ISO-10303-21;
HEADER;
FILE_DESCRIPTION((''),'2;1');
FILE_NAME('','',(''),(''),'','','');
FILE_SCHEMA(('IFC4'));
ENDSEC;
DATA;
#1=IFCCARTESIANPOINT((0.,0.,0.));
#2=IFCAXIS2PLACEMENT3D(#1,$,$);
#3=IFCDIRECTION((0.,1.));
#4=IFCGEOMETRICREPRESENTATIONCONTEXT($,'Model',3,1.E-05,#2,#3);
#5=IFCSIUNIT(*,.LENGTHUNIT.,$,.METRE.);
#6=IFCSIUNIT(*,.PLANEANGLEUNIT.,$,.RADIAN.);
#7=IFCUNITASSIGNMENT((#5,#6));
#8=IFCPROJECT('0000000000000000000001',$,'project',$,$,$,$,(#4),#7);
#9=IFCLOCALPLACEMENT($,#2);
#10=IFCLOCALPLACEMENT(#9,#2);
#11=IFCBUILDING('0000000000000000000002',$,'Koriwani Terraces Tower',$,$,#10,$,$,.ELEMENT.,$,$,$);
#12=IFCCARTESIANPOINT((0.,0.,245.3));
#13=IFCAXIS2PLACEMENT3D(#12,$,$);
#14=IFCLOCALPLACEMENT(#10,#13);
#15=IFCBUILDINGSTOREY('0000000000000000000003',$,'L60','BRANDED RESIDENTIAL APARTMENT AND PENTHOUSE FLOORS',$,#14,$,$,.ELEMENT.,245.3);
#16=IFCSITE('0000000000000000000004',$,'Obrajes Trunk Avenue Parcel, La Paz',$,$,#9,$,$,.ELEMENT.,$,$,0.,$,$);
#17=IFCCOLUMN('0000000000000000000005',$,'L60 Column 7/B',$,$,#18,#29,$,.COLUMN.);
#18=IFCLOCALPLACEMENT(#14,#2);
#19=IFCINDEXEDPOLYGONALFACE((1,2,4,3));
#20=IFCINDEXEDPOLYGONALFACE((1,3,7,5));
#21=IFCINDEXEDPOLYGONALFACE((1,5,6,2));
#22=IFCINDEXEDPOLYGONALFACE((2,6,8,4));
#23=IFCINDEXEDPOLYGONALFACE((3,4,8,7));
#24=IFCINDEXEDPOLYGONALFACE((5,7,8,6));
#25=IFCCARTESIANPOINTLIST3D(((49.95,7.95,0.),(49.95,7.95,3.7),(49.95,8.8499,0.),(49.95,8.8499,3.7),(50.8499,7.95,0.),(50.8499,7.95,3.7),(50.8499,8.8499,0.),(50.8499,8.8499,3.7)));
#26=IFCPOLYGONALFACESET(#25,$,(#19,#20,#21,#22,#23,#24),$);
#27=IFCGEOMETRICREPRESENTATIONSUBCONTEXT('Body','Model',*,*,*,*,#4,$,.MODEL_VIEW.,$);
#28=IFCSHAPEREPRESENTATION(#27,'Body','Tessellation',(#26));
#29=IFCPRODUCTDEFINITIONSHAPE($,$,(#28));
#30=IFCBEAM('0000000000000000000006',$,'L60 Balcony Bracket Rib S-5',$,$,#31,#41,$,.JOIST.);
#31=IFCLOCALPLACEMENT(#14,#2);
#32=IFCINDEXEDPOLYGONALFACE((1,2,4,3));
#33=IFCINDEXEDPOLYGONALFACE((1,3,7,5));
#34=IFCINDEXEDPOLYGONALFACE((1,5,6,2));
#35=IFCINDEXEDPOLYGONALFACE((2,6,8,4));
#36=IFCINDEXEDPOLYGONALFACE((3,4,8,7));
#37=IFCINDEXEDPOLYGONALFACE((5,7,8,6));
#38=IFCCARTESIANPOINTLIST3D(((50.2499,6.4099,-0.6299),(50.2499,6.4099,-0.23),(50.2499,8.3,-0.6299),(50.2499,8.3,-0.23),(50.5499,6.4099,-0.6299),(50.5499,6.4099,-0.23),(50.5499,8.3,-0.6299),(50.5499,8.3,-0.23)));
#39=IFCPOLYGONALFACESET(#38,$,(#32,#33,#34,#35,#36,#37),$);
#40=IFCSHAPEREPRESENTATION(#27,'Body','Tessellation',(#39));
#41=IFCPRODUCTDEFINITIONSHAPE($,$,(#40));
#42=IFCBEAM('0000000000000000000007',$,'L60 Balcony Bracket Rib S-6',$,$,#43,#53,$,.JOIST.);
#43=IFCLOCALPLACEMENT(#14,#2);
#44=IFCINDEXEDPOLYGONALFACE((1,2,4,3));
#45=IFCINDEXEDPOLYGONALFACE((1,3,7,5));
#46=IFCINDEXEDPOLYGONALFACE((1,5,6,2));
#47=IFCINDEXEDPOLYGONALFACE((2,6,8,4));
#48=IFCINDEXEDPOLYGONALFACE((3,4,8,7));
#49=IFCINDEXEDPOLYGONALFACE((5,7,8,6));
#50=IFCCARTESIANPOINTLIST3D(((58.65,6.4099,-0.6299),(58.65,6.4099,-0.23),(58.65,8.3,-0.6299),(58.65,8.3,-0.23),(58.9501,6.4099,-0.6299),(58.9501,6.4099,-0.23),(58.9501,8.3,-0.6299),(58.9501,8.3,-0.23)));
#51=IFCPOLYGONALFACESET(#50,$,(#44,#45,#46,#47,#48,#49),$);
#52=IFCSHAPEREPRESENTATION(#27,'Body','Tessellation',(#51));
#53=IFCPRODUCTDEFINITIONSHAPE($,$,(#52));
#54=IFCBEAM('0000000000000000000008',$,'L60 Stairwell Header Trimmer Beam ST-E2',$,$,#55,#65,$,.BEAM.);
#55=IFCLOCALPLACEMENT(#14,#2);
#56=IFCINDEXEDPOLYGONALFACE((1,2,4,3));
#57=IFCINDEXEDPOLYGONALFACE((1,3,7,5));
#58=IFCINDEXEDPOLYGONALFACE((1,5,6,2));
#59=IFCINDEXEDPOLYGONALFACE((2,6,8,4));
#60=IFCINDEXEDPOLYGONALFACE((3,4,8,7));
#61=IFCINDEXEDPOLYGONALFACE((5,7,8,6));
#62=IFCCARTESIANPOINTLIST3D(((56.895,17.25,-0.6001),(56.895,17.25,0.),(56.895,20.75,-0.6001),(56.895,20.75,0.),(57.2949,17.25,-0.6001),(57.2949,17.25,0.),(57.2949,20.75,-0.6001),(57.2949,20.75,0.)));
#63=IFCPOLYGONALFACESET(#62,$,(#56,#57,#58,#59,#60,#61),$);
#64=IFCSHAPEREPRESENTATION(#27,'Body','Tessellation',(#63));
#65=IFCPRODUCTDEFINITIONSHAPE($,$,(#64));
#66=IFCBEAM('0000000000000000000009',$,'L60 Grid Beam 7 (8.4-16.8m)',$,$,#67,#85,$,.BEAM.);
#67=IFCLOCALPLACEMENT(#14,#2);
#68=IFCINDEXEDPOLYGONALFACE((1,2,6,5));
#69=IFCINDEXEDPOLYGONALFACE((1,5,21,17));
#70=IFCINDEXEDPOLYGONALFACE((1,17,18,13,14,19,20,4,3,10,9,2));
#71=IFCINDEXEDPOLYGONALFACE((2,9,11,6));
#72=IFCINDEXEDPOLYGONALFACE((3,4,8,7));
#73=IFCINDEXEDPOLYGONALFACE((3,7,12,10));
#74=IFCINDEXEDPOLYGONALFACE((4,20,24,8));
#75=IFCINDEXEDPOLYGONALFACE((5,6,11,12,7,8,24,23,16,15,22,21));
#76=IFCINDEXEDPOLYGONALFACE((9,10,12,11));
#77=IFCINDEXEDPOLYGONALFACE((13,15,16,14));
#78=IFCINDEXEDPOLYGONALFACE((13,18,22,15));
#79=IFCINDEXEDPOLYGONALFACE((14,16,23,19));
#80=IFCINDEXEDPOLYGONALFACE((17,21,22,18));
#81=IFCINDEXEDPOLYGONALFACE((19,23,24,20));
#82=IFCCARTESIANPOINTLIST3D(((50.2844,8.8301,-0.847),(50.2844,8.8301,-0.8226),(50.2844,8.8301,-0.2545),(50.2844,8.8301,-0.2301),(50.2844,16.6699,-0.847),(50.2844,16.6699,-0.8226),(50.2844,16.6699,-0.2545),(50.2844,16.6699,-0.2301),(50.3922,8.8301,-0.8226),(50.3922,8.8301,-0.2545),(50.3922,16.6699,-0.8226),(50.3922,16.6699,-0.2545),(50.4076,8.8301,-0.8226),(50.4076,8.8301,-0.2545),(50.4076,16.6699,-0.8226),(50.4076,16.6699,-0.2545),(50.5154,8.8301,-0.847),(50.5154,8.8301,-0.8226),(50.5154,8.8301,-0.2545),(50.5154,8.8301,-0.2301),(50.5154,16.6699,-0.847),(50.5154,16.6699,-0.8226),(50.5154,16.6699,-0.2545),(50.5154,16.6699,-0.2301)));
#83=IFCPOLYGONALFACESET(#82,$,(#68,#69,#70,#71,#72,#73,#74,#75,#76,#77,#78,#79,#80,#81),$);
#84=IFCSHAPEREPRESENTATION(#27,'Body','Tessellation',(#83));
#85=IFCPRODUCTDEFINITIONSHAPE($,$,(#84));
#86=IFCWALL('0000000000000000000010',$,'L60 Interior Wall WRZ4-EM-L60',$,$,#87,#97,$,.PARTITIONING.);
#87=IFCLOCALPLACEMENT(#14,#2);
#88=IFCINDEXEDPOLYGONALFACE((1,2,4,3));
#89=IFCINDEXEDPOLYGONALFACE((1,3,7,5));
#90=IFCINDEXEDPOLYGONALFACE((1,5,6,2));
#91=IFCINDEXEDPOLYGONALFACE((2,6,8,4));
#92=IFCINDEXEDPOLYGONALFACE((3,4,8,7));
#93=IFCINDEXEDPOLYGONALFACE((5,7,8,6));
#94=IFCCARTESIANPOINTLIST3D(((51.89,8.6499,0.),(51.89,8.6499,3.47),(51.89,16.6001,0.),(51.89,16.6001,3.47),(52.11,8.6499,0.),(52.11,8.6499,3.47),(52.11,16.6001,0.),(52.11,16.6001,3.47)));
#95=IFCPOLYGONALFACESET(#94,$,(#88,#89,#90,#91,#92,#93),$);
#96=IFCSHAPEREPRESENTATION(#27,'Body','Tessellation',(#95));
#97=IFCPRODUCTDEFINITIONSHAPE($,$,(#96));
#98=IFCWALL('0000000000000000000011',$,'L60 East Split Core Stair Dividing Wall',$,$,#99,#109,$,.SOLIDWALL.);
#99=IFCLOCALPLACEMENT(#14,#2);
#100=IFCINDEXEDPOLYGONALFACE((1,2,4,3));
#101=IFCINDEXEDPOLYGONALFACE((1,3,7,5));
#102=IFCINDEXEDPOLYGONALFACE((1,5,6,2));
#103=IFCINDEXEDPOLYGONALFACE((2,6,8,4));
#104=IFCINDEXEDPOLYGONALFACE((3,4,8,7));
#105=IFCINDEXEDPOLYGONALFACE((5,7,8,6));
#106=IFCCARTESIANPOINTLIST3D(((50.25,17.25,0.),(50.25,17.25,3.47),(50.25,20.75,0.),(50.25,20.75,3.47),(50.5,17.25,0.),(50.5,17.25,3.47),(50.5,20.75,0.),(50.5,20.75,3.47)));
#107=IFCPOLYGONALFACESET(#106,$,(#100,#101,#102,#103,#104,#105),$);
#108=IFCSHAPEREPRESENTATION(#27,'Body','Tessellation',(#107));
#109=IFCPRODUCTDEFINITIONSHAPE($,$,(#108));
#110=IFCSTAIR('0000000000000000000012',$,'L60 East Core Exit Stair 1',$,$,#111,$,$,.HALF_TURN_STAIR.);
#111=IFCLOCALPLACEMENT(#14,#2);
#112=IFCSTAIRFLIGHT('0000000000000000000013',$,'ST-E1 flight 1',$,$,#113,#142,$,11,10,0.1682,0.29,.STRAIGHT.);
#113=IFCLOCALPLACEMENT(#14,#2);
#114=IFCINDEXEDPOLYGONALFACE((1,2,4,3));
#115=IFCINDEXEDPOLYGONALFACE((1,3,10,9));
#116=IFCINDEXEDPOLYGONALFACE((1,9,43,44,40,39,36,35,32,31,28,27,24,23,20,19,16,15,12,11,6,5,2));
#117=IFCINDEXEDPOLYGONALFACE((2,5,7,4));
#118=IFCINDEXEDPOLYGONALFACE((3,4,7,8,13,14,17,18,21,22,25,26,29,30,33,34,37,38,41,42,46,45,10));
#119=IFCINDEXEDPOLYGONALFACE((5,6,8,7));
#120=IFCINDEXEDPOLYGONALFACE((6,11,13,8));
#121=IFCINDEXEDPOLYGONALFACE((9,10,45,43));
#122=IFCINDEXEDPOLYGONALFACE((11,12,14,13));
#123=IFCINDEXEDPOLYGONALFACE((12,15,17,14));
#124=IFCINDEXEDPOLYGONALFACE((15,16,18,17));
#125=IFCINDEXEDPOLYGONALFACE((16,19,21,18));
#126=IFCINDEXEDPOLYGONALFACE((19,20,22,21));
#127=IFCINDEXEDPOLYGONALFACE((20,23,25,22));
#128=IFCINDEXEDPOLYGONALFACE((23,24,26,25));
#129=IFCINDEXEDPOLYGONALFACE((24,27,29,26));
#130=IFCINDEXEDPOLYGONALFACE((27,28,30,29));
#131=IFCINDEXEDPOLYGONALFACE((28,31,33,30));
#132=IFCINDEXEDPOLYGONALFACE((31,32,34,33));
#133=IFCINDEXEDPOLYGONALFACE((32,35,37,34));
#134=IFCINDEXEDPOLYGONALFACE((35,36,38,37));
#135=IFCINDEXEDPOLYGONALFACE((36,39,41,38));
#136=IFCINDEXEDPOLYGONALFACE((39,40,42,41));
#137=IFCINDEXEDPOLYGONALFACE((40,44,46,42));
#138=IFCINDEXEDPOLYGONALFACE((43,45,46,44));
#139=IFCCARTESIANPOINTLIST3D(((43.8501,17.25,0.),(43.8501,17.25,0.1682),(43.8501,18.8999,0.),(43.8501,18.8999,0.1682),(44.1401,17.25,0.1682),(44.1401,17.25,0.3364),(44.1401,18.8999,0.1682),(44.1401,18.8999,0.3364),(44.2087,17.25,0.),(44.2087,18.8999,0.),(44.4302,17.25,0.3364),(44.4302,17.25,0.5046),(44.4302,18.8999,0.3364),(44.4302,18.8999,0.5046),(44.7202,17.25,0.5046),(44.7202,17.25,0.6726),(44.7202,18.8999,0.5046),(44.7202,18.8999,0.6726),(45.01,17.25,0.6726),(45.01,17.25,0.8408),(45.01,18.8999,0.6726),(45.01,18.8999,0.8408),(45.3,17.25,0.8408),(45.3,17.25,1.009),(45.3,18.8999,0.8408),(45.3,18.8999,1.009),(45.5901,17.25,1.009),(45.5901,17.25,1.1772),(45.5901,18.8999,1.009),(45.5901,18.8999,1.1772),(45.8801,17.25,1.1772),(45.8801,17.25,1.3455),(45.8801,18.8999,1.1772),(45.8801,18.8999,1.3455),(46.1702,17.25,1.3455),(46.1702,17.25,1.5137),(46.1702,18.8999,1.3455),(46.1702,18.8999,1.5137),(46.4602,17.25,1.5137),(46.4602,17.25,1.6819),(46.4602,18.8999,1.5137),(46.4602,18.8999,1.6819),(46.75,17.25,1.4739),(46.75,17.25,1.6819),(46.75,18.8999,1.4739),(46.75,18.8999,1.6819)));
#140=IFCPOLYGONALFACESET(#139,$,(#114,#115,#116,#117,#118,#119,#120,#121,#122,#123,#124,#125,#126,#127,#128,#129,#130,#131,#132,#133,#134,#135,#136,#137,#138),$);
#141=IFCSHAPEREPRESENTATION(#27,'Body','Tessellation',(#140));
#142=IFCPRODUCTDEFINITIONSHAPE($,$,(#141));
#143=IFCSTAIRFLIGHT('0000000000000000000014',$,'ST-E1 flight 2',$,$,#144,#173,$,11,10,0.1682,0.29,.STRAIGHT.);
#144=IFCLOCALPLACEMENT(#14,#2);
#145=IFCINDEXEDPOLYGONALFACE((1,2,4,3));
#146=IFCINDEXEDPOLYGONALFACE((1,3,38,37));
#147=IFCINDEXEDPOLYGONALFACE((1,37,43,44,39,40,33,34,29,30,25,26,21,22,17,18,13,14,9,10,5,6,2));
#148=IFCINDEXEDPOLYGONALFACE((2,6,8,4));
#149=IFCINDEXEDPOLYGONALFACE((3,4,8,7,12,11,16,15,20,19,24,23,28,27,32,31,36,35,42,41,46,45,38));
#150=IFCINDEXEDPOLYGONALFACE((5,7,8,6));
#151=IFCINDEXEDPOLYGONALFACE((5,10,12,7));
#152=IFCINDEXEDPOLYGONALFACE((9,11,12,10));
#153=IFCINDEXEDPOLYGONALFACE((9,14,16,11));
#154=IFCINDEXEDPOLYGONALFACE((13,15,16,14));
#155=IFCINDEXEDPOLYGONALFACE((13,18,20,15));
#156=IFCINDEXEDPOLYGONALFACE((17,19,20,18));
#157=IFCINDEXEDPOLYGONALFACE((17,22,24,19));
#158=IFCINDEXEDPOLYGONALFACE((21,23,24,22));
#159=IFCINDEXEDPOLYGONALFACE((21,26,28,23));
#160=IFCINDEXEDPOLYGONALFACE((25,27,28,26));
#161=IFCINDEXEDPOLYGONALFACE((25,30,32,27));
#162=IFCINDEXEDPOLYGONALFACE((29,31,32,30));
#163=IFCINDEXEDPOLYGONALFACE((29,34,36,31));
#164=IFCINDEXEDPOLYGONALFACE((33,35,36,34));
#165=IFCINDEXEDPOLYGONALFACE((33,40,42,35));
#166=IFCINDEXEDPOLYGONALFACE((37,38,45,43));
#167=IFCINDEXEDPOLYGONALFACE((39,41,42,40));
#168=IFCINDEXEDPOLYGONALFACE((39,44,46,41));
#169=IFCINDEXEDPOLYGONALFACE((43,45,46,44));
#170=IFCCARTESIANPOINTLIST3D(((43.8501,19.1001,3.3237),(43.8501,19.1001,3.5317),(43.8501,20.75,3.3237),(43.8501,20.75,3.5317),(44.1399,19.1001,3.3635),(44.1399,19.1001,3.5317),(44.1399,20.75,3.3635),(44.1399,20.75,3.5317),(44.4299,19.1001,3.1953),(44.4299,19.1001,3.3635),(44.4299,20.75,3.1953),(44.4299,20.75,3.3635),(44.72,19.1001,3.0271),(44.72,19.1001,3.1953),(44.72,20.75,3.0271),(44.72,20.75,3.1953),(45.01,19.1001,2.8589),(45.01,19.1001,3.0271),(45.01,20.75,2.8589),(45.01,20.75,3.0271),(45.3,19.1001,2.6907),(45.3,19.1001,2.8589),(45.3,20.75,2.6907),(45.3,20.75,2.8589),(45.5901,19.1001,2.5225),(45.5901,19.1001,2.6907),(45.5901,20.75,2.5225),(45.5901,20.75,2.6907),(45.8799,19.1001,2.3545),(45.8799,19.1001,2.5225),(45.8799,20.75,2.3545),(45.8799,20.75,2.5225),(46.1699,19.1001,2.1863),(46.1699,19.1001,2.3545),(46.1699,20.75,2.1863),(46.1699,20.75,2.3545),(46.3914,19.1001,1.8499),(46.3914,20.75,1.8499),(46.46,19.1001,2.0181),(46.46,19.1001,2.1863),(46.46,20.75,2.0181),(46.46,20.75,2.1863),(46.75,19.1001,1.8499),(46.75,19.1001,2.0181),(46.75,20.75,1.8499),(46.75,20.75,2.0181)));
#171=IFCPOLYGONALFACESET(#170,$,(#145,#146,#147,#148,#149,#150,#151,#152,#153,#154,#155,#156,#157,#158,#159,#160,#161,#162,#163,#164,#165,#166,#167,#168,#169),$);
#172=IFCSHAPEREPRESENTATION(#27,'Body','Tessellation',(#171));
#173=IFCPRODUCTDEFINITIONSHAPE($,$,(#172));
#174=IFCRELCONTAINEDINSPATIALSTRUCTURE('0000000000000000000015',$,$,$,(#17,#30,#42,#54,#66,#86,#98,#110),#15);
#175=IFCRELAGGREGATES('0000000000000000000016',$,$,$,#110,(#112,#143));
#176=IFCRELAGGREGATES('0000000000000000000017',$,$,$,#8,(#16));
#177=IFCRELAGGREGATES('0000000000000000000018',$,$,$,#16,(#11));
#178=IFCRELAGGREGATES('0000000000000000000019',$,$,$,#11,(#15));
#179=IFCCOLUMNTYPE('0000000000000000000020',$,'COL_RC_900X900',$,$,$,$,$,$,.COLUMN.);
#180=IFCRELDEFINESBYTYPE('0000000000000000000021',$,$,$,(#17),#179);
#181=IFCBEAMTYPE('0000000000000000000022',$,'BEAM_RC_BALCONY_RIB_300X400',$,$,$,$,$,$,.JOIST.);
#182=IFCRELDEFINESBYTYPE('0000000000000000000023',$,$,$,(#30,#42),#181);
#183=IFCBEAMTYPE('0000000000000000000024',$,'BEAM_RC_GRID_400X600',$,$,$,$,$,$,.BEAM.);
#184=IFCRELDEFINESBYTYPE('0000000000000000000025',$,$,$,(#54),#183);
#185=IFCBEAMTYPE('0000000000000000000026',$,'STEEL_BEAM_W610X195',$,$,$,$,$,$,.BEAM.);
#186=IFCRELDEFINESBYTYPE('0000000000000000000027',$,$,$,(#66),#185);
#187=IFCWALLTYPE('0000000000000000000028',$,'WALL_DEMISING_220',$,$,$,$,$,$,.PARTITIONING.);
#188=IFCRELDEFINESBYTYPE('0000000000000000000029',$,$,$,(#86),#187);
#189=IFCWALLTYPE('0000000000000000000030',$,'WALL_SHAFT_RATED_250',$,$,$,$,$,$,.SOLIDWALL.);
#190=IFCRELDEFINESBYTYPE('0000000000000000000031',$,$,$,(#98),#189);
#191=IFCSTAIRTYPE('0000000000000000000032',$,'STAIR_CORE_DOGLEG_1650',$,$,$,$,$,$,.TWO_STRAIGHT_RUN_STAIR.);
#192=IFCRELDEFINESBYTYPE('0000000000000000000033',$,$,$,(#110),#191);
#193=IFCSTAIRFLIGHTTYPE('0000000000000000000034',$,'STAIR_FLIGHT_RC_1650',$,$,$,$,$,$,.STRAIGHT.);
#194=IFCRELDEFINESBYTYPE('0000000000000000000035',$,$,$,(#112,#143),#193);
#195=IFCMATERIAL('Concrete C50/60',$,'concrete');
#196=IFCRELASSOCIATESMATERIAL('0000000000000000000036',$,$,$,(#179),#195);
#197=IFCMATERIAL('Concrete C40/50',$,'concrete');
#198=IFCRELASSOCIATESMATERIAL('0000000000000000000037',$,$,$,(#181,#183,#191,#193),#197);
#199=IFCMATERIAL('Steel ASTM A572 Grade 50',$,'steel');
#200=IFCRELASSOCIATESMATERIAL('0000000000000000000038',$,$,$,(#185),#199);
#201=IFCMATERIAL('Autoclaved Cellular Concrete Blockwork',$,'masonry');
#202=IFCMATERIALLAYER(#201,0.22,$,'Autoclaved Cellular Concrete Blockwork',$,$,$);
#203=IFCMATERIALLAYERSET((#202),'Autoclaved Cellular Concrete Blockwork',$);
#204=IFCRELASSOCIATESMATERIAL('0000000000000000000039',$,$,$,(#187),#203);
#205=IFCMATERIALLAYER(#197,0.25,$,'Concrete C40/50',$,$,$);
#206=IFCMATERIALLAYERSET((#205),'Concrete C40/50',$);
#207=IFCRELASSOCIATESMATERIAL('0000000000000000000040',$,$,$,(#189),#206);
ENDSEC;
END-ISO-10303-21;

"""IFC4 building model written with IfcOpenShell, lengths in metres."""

from ifc_helpers import new_model, si_unit, direction, frame, frame_2d, origin, origin_2d, place, context, subcontext, project, spatial, polyline, rectangle, i_section, outline, extrude, material, layer, layer_set, material_profile, profile_set, type_object, element, aggregate, save


model = new_model("IFC4")

# Units and contexts
model_context = context("Model", 3, precision=1e-05, world=origin(), true_north=direction((0.0, 1.0)))
body_context = subcontext(model_context, "Body", "Model", "MODEL_VIEW")
ifc_project = project(units=[si_unit("LENGTHUNIT", "METRE"), si_unit("PLANEANGLEUNIT", "RADIAN")], contexts=[model_context])

# Site, building, storey
site_placement = place(None, origin())
site = spatial("IfcSite", under=ifc_project, at=site_placement, Name="Obrajes Trunk Avenue Parcel, La Paz", CompositionType="ELEMENT", RefElevation=0.0)
building_placement = place(site_placement, origin())
building = spatial("IfcBuilding", under=site, at=building_placement, Name="Koriwani Terraces Tower", CompositionType="ELEMENT")
storey_placement = place(building_placement, frame((0.0, 0.0, 245.3)))
storey = spatial("IfcBuildingStorey", under=building, at=storey_placement, Name="L60", Description="BRANDED RESIDENTIAL APARTMENT AND PENTHOUSE FLOORS", CompositionType="ELEMENT", Elevation=245.3)

# Column
ifc_material_1 = material(Name="Concrete C50/60", Category="concrete")
ifc_material_profile_1 = material_profile(ifc_material_1, rectangle(XDim=0.8999, YDim=0.8999, at=origin_2d()), Name="Concrete C50/60", Category="LoadBearing")
ifc_profile_set_1 = profile_set([ifc_material_profile_1], Name="Concrete C50/60")
column_type = type_object("IfcColumnType", Name="COL_RC_900X900", PredefinedType="COLUMN", material=ifc_profile_set_1)
column_placement = place(storey_placement, frame((50.3999, 8.3999, 0.0), z_axis=(0.0, 0.0, 1.0), x_axis=(1.0, 0.0, 0.0)))
element("IfcColumn", 1, at=column_placement, inside=storey, type_object=column_type, Name="L60 Column 7/B", PredefinedType="COLUMN", context=body_context, shape_type="SweptSolid", body=[
    extrude(rectangle(XDim=0.8999, YDim=0.8999, at=origin_2d()), origin(), (0.0, 0.0, 1.0), 3.7),
])

# Beams
ifc_material_2 = material(Name="Concrete C40/50", Category="concrete")
ifc_material_profile_2 = material_profile(ifc_material_2, rectangle(XDim=0.3, YDim=0.3999, at=origin_2d()), Name="Concrete C40/50", Category="LoadBearing")
ifc_profile_set_2 = profile_set([ifc_material_profile_2], Name="Concrete C40/50")
beam_type_1 = type_object("IfcBeamType", Name="BEAM_RC_BALCONY_RIB_300X400", PredefinedType="JOIST", material=ifc_profile_set_2)
for number, where, z_axis, x_axis, name in (
    (2, (50.3999, 6.4099, -0.4299), (0.0, 1.0, 0.0), (-1.0, 0.0, 0.0), "L60 Balcony Bracket Rib S-5"),
    (3, (58.8, 6.4099, -0.4299), (0.0, 1.0, 0.0), (-1.0, 0.0, 0.0), "L60 Balcony Bracket Rib S-6"),
):
    element("IfcBeam", number, at=place(storey_placement, frame(where, z_axis=z_axis, x_axis=x_axis)), inside=storey, type_object=beam_type_1, Name=name, PredefinedType="JOIST", context=body_context, shape_type="SweptSolid", body=[
        extrude(rectangle(XDim=0.3, YDim=0.3999, at=origin_2d()), origin(), (0.0, 0.0, 1.0), 1.8901),
    ])
ifc_material_profile_3 = material_profile(ifc_material_2, rectangle(XDim=0.3999, YDim=0.6001, at=origin_2d()), Name="Concrete C40/50", Category="LoadBearing")
ifc_profile_set_3 = profile_set([ifc_material_profile_3], Name="Concrete C40/50")
beam_type_2 = type_object("IfcBeamType", Name="BEAM_RC_GRID_400X600", PredefinedType="BEAM", material=ifc_profile_set_3)
beam_1_placement = place(storey_placement, frame((57.095, 17.25, -0.3), z_axis=(0.0, 1.0, 0.0), x_axis=(-1.0, 0.0, 0.0)))
element("IfcBeam", 4, at=beam_1_placement, inside=storey, type_object=beam_type_2, Name="L60 Stairwell Header Trimmer Beam ST-E2", PredefinedType="BEAM", context=body_context, shape_type="SweptSolid", body=[
    extrude(rectangle(XDim=0.3999, YDim=0.6001, at=origin_2d()), origin(), (0.0, 0.0, 1.0), 3.5),
])
ifc_material_3 = material(Name="Steel ASTM A572 Grade 50", Category="steel")
ifc_material_profile_4 = material_profile(ifc_material_3, i_section(OverallWidth=0.231, OverallDepth=0.6169, WebThickness=0.0154, FlangeThickness=0.0244, at=origin_2d()), Name="Steel ASTM A572 Grade 50", Category="LoadBearing")
ifc_profile_set_4 = profile_set([ifc_material_profile_4], Name="Steel ASTM A572 Grade 50")
beam_type_3 = type_object("IfcBeamType", Name="STEEL_BEAM_W610X195", PredefinedType="BEAM", material=ifc_profile_set_4)
beam_2_placement = place(storey_placement, frame((50.3999, 8.8301, -0.5386), z_axis=(0.0, 1.0, 0.0), x_axis=(-1.0, 0.0, 0.0)))
element("IfcBeam", 5, at=beam_2_placement, inside=storey, type_object=beam_type_3, Name="L60 Grid Beam 7 (8.4-16.8m)", PredefinedType="BEAM", context=body_context, shape_type="SweptSolid", body=[
    extrude(i_section(OverallWidth=0.231, OverallDepth=0.6169, WebThickness=0.0154, FlangeThickness=0.0244, at=origin_2d()), origin(), (0.0, 0.0, 1.0), 7.8398),
])

# Walls
ifc_material_4 = material(Name="Autoclaved Cellular Concrete Blockwork", Category="masonry")
ifc_layer_1 = layer(ifc_material_4, 0.22, Name="Autoclaved Cellular Concrete Blockwork")
ifc_layer_set_1 = layer_set([ifc_layer_1], Name="Autoclaved Cellular Concrete Blockwork")
wall_type_1 = type_object("IfcWallType", Name="WALL_DEMISING_220", PredefinedType="PARTITIONING", material=ifc_layer_set_1)
wall_1_placement = place(storey_placement, frame((52.0, 8.6499, 0.0), z_axis=(0.0, 0.0, 1.0), x_axis=(0.0, 1.0, 0.0)))
element("IfcWall", 6, at=wall_1_placement, inside=storey, type_object=wall_type_1, Name="L60 Interior Wall WRZ4-EM-L60", PredefinedType="PARTITIONING", context=body_context, shape_type="SweptSolid", body=[
    extrude(rectangle(XDim=7.9502, YDim=0.22, at=frame_2d((3.9751, 0.0))), origin(), (0.0, 0.0, 1.0), 3.47),
])
ifc_layer_2 = layer(ifc_material_2, 0.25, Name="Concrete C40/50")
ifc_layer_set_2 = layer_set([ifc_layer_2], Name="Concrete C40/50")
wall_type_2 = type_object("IfcWallType", Name="WALL_SHAFT_RATED_250", PredefinedType="SOLIDWALL", material=ifc_layer_set_2)
wall_2_placement = place(storey_placement, frame((50.375, 17.25, 0.0), z_axis=(0.0, 0.0, 1.0), x_axis=(0.0, 1.0, 0.0)))
element("IfcWall", 7, at=wall_2_placement, inside=storey, type_object=wall_type_2, Name="L60 East Split Core Stair Dividing Wall", PredefinedType="SOLIDWALL", context=body_context, shape_type="SweptSolid", body=[
    extrude(rectangle(XDim=3.5, YDim=0.25, at=frame_2d((1.75, 0.0))), origin(), (0.0, 0.0, 1.0), 3.47),
])

# Stair, stair flights
stair_type = type_object("IfcStairType", Name="STAIR_CORE_DOGLEG_1650", PredefinedType="TWO_STRAIGHT_RUN_STAIR", material=ifc_material_2)
stair_1_placement = place(storey_placement, origin())
stair_1 = element("IfcStair", 8, at=stair_1_placement, inside=storey, type_object=stair_type, Name="L60 East Core Exit Stair 1", PredefinedType="HALF_TURN_STAIR")
stair_flight_type = type_object("IfcStairFlightType", Name="STAIR_FLIGHT_RC_1650", PredefinedType="STRAIGHT", material=ifc_material_2)
stair_flight_1_placement = place(storey_placement, frame((43.8501, 18.075, 0.0), z_axis=(0.0, 0.0, 1.0), x_axis=(1.0, 0.0, 0.0)))
stair_flight_1 = element("IfcStairFlight", 9, at=stair_flight_1_placement, type_object=stair_flight_type, Name="ST-E1 flight 1", NumberOfRisers=11, NumberOfTreads=10, PredefinedType="STRAIGHT", RiserHeight=0.1682, TreadLength=0.29, context=body_context, shape_type="SweptSolid", body=[
    extrude(outline(polyline([(0.0, 0.0), (0.0, 0.1682), (0.29, 0.1682), (0.29, 0.3364), (0.5801, 0.3364), (0.5801, 0.5046), (0.8701, 0.5046), (0.8701, 0.6726), (1.1599, 0.6726), (1.1599, 0.8408), (1.45, 0.8408), (1.45, 1.009), (1.74, 1.009), (1.74, 1.1772), (2.03, 1.1772), (2.03, 1.3455), (2.3201, 1.3455), (2.3201, 1.5137), (2.6101, 1.5137), (2.6101, 1.6819), (2.8999, 1.6819), (2.8999, 1.8501), (2.8999, 1.4739), (0.3586, 0.0), (0.0, 0.0)])), frame((0.0, 0.825, 0.0), z_axis=(0.0, -1.0, 0.0), x_axis=(1.0, 0.0, 0.0)), (0.0, 0.0, 1.0), 1.6499),
])
stair_flight_2_placement = place(storey_placement, frame((46.75, 19.925, 1.8499), z_axis=(0.0, 0.0, 1.0), x_axis=(-1.0, 0.0, 0.0)))
stair_flight_2 = element("IfcStairFlight", 10, at=stair_flight_2_placement, type_object=stair_flight_type, Name="ST-E1 flight 2", NumberOfRisers=11, NumberOfTreads=10, PredefinedType="STRAIGHT", RiserHeight=0.1682, TreadLength=0.29, context=body_context, shape_type="SweptSolid", body=[
    extrude(outline(polyline([(0.0, 0.0), (0.0, 0.1682), (0.29, 0.1682), (0.29, 0.3364), (0.5801, 0.3364), (0.5801, 0.5046), (0.8701, 0.5046), (0.8701, 0.6726), (1.1599, 0.6726), (1.1599, 0.8408), (1.45, 0.8408), (1.45, 1.009), (1.74, 1.009), (1.74, 1.1772), (2.03, 1.1772), (2.03, 1.3455), (2.3201, 1.3455), (2.3201, 1.5137), (2.6101, 1.5137), (2.6101, 1.6819), (2.8999, 1.6819), (2.8999, 1.8501), (2.8999, 1.4739), (0.3586, 0.0), (0.0, 0.0)])), frame((0.0, 0.825, 0.0), z_axis=(0.0, -1.0, 0.0), x_axis=(1.0, 0.0, 0.0)), (0.0, 0.0, 1.0), 1.6499),
])
aggregate(stair_1, [stair_flight_1, stair_flight_2])

save(model, "model.ifc")
